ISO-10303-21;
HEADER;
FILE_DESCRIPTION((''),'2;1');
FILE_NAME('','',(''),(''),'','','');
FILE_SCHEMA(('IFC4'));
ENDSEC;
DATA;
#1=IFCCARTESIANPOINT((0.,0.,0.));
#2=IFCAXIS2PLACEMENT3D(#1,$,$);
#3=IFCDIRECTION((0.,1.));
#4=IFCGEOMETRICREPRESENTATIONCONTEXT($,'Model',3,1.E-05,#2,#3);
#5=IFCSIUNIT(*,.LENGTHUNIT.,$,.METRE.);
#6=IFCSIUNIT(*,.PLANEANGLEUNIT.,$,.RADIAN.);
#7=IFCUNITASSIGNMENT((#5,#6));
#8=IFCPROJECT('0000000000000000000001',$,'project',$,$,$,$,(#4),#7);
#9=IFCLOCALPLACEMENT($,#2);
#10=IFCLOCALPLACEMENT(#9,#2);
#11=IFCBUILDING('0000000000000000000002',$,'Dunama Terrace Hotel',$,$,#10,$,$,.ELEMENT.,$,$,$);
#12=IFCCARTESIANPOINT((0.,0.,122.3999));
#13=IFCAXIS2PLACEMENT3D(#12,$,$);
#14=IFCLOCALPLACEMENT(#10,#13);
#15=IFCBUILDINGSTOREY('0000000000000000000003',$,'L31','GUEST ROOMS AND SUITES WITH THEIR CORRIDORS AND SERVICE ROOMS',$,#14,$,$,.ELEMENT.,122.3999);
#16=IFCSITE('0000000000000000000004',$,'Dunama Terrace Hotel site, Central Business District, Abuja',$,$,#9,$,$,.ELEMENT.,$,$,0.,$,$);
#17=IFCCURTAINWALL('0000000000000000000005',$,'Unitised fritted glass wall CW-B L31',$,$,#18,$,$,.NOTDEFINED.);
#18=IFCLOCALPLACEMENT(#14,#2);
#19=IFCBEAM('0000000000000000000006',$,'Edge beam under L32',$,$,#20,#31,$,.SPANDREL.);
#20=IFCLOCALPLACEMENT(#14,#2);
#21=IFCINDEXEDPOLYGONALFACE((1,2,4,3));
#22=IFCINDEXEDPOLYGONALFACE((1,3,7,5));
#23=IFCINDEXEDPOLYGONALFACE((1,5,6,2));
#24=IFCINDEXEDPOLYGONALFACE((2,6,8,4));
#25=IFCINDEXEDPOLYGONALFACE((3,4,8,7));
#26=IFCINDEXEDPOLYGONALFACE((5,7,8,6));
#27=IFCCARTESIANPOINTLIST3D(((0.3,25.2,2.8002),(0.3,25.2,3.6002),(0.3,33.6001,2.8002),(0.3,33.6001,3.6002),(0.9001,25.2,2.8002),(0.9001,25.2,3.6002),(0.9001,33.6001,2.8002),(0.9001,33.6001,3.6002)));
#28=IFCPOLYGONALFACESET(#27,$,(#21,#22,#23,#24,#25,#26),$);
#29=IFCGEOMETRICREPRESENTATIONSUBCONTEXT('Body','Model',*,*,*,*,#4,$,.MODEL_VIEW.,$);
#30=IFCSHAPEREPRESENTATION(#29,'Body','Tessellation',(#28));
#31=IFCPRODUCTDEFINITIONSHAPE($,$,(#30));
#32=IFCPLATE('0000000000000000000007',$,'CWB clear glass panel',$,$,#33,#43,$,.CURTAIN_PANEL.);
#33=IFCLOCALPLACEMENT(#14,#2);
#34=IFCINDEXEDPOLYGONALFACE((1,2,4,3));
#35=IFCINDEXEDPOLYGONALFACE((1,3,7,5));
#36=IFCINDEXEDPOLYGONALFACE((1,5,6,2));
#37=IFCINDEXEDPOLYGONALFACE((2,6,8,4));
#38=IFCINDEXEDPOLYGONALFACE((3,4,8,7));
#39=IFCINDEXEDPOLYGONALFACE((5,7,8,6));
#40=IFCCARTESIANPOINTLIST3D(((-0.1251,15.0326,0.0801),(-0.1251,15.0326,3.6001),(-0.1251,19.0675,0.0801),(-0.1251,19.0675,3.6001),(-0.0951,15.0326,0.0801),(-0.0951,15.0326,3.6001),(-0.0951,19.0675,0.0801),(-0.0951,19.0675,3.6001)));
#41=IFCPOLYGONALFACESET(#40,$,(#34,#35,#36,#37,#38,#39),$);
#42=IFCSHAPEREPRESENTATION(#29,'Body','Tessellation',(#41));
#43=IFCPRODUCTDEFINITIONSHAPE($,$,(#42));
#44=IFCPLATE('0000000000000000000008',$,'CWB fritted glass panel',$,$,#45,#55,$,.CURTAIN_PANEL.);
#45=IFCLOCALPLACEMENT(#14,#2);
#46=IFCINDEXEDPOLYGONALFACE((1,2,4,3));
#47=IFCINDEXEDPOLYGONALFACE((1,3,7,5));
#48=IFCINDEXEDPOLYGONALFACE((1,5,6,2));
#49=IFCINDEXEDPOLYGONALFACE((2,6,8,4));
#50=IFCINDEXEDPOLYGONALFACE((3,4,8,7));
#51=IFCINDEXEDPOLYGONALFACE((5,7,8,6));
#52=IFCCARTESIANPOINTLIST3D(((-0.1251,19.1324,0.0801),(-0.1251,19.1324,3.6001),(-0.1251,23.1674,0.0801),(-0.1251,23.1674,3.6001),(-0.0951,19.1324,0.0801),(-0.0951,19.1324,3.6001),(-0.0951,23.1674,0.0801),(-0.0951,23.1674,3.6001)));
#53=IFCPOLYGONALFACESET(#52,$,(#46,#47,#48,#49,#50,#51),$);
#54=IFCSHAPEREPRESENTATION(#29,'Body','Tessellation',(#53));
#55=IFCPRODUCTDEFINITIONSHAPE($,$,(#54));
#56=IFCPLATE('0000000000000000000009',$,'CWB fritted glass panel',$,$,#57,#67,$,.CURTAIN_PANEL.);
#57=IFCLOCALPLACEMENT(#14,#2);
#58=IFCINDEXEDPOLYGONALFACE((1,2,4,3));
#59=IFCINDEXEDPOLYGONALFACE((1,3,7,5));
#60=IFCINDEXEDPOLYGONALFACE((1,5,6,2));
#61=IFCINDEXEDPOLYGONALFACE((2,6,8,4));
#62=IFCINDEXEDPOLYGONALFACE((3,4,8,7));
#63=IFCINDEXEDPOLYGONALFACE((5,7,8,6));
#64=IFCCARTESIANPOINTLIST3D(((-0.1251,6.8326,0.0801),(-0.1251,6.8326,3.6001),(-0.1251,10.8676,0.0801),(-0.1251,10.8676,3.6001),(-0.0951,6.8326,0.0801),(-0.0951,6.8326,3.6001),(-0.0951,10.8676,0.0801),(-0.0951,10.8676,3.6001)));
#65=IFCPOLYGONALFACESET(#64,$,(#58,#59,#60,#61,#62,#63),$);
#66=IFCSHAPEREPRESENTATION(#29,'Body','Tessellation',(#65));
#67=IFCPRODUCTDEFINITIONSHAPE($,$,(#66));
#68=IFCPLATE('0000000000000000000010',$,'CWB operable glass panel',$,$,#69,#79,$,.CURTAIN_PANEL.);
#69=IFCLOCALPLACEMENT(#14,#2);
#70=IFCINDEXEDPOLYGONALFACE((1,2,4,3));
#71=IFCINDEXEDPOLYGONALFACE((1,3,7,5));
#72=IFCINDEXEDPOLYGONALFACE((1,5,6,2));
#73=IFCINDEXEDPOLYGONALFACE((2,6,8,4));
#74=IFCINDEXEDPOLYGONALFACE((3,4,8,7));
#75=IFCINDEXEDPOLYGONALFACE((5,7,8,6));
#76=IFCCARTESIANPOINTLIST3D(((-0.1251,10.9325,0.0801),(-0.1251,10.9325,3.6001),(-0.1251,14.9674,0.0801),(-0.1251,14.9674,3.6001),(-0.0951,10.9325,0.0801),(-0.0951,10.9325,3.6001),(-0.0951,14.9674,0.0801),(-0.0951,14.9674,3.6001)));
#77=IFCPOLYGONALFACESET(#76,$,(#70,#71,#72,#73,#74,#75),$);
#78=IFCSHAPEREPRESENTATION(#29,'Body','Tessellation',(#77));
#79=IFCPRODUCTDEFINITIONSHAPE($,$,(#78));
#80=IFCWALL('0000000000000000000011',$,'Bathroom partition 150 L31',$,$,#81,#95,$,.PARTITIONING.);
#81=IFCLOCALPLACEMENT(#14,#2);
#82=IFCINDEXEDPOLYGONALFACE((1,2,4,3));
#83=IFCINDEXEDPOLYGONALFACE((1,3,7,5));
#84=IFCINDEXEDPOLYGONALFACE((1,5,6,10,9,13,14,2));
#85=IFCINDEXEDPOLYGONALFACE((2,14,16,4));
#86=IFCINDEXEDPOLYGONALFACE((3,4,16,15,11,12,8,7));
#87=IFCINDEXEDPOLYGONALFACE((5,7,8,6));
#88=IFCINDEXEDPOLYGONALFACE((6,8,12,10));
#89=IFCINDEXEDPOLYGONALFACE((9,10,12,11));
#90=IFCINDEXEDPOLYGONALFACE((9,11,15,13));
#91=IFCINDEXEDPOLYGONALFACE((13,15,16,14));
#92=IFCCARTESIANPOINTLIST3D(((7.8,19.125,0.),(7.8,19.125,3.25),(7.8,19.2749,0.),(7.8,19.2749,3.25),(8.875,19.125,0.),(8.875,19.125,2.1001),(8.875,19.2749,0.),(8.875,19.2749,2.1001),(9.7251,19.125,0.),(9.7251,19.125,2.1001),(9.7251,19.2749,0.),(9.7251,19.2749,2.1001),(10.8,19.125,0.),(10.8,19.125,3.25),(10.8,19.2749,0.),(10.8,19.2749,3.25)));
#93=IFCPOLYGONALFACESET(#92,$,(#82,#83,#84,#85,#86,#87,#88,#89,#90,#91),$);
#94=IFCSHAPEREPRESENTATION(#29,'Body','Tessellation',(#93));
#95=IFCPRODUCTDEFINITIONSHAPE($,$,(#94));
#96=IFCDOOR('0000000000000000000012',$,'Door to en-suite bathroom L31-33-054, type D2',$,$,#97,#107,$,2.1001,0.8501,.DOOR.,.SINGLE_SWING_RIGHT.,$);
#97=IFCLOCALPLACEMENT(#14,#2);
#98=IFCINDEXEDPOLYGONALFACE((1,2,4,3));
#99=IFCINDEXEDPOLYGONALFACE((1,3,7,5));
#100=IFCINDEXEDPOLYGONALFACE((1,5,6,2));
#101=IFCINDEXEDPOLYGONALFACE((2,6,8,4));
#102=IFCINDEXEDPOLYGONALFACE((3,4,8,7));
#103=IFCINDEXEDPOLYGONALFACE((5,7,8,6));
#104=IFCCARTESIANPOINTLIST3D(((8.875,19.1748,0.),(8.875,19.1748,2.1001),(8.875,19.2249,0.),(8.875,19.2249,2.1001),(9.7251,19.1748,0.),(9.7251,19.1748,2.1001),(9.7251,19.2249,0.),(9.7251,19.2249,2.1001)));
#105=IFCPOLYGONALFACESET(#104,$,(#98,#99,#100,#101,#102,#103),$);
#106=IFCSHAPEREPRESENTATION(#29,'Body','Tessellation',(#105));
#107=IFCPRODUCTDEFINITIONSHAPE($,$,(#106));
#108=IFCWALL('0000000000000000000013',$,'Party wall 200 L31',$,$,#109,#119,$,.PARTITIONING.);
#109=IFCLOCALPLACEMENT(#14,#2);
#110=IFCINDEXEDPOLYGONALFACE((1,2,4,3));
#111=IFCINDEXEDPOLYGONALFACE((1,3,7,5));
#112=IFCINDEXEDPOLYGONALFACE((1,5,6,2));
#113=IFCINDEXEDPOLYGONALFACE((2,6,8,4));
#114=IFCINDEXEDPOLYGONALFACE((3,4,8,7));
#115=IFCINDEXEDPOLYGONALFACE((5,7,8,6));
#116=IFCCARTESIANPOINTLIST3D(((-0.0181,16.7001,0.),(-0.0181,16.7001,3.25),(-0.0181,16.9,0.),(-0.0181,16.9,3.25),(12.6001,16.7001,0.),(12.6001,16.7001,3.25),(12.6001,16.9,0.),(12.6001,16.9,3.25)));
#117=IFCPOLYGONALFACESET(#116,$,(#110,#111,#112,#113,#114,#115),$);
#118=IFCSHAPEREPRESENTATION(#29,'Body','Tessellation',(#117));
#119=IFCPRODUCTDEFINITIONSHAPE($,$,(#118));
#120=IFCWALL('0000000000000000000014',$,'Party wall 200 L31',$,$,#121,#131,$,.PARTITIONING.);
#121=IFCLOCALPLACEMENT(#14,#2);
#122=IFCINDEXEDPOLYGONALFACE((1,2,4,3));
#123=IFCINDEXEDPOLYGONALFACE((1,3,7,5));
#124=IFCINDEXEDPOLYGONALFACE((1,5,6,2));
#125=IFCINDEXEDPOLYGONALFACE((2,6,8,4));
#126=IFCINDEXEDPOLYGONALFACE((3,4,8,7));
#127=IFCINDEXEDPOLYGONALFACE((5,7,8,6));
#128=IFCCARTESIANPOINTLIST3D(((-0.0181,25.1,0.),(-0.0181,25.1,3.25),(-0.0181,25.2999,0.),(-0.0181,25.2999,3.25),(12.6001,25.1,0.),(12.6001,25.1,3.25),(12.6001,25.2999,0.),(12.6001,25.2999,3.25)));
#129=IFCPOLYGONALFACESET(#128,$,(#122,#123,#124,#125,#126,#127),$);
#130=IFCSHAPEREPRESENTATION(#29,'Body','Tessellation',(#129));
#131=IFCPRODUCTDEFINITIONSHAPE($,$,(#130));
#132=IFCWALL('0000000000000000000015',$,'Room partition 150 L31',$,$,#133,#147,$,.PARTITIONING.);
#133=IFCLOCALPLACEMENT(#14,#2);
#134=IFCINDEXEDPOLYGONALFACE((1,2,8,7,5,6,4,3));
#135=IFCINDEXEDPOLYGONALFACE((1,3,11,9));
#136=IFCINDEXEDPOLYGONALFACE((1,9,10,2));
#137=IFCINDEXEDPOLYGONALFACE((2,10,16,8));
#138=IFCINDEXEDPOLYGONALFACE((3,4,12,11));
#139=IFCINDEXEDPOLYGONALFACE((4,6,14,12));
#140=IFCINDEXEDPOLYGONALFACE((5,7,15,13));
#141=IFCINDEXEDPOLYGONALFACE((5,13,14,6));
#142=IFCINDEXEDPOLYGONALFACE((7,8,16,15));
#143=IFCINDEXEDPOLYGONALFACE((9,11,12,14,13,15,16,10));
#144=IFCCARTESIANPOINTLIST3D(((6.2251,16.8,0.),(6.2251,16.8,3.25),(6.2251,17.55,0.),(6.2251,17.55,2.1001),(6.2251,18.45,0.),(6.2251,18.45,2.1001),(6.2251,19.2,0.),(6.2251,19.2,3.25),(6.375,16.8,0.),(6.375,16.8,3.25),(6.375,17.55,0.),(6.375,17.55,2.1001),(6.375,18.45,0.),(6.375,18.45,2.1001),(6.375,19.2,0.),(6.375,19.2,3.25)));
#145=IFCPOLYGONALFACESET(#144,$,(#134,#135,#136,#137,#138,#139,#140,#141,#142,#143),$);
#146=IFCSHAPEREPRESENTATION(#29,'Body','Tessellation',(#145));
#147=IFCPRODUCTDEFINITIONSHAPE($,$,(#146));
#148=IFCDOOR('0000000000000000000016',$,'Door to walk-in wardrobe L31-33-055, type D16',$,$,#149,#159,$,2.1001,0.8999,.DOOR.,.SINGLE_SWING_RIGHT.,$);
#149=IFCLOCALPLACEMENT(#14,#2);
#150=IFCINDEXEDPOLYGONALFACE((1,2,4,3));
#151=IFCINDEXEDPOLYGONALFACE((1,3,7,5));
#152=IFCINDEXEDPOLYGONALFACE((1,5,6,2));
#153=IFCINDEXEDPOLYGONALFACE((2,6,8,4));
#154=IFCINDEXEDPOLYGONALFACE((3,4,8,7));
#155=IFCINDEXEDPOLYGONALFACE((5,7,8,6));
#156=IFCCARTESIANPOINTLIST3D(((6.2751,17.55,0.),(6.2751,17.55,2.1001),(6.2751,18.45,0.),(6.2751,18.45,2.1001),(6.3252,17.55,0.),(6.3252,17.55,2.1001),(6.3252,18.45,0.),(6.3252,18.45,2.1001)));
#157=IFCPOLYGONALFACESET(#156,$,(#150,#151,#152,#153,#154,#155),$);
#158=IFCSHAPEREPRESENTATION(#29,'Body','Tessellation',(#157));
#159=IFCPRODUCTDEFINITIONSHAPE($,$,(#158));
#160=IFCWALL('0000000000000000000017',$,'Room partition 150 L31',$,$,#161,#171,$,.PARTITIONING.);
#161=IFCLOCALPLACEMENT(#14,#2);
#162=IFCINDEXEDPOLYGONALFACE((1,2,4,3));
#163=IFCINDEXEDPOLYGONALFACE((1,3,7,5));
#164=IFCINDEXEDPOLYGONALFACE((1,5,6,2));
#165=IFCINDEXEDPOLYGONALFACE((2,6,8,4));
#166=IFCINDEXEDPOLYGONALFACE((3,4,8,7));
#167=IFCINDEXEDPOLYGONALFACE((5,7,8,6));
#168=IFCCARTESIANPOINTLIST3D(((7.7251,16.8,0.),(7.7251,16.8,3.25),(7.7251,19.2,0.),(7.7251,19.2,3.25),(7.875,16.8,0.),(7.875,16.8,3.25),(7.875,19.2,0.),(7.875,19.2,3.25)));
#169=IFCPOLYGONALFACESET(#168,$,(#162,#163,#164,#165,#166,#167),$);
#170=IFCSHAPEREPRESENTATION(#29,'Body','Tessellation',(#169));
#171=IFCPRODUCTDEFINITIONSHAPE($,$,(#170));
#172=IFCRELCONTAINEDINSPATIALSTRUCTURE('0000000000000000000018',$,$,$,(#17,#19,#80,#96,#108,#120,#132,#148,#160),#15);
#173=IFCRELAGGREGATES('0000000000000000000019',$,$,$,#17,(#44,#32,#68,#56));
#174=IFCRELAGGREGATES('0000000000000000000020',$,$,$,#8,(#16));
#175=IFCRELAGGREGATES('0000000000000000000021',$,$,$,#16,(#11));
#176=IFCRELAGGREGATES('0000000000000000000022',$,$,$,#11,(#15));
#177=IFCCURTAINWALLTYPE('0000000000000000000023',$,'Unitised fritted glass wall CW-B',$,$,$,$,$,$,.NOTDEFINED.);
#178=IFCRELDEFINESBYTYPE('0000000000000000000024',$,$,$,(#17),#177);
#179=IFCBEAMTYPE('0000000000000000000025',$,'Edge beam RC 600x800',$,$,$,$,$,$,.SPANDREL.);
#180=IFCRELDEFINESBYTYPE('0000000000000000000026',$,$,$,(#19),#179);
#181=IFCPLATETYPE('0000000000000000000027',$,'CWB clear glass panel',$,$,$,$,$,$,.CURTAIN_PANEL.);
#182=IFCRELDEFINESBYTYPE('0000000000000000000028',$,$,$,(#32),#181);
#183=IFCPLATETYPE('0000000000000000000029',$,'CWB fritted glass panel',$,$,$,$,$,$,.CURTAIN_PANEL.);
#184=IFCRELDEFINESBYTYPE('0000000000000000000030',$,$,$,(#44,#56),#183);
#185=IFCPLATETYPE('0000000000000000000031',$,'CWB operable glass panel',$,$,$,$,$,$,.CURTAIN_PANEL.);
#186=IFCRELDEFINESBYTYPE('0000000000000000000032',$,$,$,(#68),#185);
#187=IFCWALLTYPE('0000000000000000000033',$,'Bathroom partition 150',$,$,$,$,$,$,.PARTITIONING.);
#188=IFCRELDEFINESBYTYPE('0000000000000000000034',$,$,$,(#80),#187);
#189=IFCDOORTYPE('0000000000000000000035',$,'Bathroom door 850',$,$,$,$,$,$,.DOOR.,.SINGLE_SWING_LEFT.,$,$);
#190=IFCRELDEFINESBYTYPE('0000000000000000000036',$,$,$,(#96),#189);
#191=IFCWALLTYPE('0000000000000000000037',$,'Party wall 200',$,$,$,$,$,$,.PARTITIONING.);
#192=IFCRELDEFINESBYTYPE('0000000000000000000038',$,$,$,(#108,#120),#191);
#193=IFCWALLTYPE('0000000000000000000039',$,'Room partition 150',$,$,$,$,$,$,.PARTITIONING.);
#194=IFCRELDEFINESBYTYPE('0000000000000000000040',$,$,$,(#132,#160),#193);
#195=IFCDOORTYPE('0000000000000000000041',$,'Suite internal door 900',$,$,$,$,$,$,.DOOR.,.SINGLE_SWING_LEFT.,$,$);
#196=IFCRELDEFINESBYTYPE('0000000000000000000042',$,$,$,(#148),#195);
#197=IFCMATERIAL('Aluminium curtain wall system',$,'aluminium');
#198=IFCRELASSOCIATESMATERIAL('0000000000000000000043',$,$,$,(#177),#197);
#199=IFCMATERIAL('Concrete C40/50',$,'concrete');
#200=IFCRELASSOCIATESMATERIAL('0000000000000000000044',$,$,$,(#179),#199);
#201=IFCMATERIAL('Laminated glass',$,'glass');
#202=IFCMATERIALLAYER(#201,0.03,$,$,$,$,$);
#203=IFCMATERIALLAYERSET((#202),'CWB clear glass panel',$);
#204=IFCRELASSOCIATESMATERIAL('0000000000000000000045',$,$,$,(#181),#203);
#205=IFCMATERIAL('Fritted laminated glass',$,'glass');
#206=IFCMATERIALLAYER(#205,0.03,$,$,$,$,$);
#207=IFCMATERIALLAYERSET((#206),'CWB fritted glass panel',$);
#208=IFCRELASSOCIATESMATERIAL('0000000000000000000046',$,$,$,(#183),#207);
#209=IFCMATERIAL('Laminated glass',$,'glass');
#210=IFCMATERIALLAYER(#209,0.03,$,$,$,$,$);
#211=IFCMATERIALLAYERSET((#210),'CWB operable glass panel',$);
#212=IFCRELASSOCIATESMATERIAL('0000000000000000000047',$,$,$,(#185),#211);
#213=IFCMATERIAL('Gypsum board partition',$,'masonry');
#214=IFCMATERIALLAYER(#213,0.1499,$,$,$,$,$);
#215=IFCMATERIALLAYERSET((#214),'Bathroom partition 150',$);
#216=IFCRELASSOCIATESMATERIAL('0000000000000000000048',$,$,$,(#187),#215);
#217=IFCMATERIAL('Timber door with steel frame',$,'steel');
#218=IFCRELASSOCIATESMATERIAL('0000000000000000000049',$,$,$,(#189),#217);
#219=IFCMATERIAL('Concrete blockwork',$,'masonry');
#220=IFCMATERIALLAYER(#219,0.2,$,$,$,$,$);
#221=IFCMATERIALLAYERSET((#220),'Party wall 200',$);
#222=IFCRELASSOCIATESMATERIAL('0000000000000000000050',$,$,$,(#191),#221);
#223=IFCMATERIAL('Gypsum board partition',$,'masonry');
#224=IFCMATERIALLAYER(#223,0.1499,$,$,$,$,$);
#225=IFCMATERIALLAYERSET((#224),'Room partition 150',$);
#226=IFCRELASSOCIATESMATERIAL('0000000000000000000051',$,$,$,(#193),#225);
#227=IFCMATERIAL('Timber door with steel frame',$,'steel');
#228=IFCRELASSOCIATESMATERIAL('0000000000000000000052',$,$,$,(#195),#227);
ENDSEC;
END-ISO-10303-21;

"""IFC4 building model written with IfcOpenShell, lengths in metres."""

from ifc_helpers import new_model, si_unit, direction, frame, frame_2d, origin, origin_2d, place, context, subcontext, project, spatial, rectangle, extrude, material, layer, layer_set, material_profile, profile_set, type_object, element, fill, aggregate, save


model = new_model("IFC4")

# Units and contexts
model_context = context("Model", 3, precision=1e-05, world=origin(), true_north=direction((0.0, 1.0)))
body_context = subcontext(model_context, "Body", "Model", "MODEL_VIEW")
ifc_project = project(units=[si_unit("LENGTHUNIT", "METRE"), si_unit("PLANEANGLEUNIT", "RADIAN")], contexts=[model_context])

# Site, building, storey
site_placement = place(None, origin())
site = spatial("IfcSite", under=ifc_project, at=site_placement, Name="Dunama Terrace Hotel site, Central Business District, Abuja", CompositionType="ELEMENT", RefElevation=0.0)
building_placement = place(site_placement, origin())
building = spatial("IfcBuilding", under=site, at=building_placement, Name="Dunama Terrace Hotel", CompositionType="ELEMENT")
storey_placement = place(building_placement, frame((0.0, 0.0, 122.3999)))
storey = spatial("IfcBuildingStorey", under=building, at=storey_placement, Name="L31", Description="GUEST ROOMS AND SUITES WITH THEIR CORRIDORS AND SERVICE ROOMS", CompositionType="ELEMENT", Elevation=122.3999)

# Curtain wall
ifc_material_1 = material(Name="Aluminium curtain wall system", Category="aluminium")
curtain_wall_type = type_object("IfcCurtainWallType", Name="Unitised fritted glass wall CW-B", PredefinedType="NOTDEFINED", material=ifc_material_1)
curtain_wall_placement = place(storey_placement, origin())
curtain_wall = element("IfcCurtainWall", 1, at=curtain_wall_placement, inside=storey, type_object=curtain_wall_type, Name="Unitised fritted glass wall CW-B L31", PredefinedType="NOTDEFINED")

# Beam
ifc_material_2 = material(Name="Concrete C40/50", Category="concrete")
ifc_material_profile_1 = material_profile(ifc_material_2, rectangle(XDim=0.6001, YDim=0.8, at=origin_2d()), Name="RC 600x800")
ifc_profile_set_1 = profile_set([ifc_material_profile_1], Name="Concrete C40/50")
beam_type = type_object("IfcBeamType", Name="Edge beam RC 600x800", PredefinedType="SPANDREL", material=ifc_profile_set_1)
beam_1_placement = place(storey_placement, frame((0.6001, 25.2, 3.2002), z_axis=(0.0, 1.0, 0.0), x_axis=(-1.0, 0.0, 0.0)))
element("IfcBeam", 2, at=beam_1_placement, inside=storey, type_object=beam_type, Name="Edge beam under L32", PredefinedType="SPANDREL", context=body_context, shape_type="SweptSolid", body=[
    extrude(rectangle(XDim=0.6001, YDim=0.8, at=origin_2d()), origin(), (0.0, 0.0, 1.0), 8.4001),
])

# Plates
ifc_material_3 = material(Name="Laminated glass", Category="glass")
ifc_layer_1 = layer(ifc_material_3, 0.03)
ifc_layer_set_1 = layer_set([ifc_layer_1], Name="CWB clear glass panel")
plate_type_1 = type_object("IfcPlateType", Name="CWB clear glass panel", PredefinedType="CURTAIN_PANEL", material=ifc_layer_set_1)
plate_1_placement = place(storey_placement, frame((-0.1101, 17.05, 0.0801), z_axis=(0.0, 0.0, 1.0), x_axis=(0.0, -1.0, 0.0)))
plate_1 = element("IfcPlate", 3, at=plate_1_placement, type_object=plate_type_1, Name="CWB clear glass panel", PredefinedType="CURTAIN_PANEL", context=body_context, shape_type="SweptSolid", body=[
    extrude(rectangle(XDim=4.0349, YDim=0.03, at=origin_2d()), origin(), (0.0, 0.0, 1.0), 3.52),
])
ifc_material_4 = material(Name="Fritted laminated glass", Category="glass")
ifc_layer_2 = layer(ifc_material_4, 0.03)
ifc_layer_set_2 = layer_set([ifc_layer_2], Name="CWB fritted glass panel")
plate_type_2 = type_object("IfcPlateType", Name="CWB fritted glass panel", PredefinedType="CURTAIN_PANEL", material=ifc_layer_set_2)
plate_2_placement = place(storey_placement, frame((-0.1101, 21.1499, 0.0801), z_axis=(0.0, 0.0, 1.0), x_axis=(0.0, -1.0, 0.0)))
plate_2 = element("IfcPlate", 4, at=plate_2_placement, type_object=plate_type_2, Name="CWB fritted glass panel", PredefinedType="CURTAIN_PANEL", context=body_context, shape_type="SweptSolid", body=[
    extrude(rectangle(XDim=4.0349, YDim=0.03, at=origin_2d()), origin(), (0.0, 0.0, 1.0), 3.52),
])
plate_3_placement = place(storey_placement, frame((-0.1101, 8.8501, 0.0801), z_axis=(0.0, 0.0, 1.0), x_axis=(0.0, -1.0, 0.0)))
plate_3 = element("IfcPlate", 5, at=plate_3_placement, type_object=plate_type_2, Name="CWB fritted glass panel", PredefinedType="CURTAIN_PANEL", context=body_context, shape_type="SweptSolid", body=[
    extrude(rectangle(XDim=4.0349, YDim=0.03, at=origin_2d()), origin(), (0.0, 0.0, 1.0), 3.52),
])
ifc_material_5 = material(Name="Laminated glass", Category="glass")
ifc_layer_3 = layer(ifc_material_5, 0.03)
ifc_layer_set_3 = layer_set([ifc_layer_3], Name="CWB operable glass panel")
plate_type_3 = type_object("IfcPlateType", Name="CWB operable glass panel", PredefinedType="CURTAIN_PANEL", material=ifc_layer_set_3)
plate_4_placement = place(storey_placement, frame((-0.1101, 12.95, 0.0801), z_axis=(0.0, 0.0, 1.0), x_axis=(0.0, -1.0, 0.0)))
plate_4 = element("IfcPlate", 6, at=plate_4_placement, type_object=plate_type_3, Name="CWB operable glass panel", PredefinedType="CURTAIN_PANEL", context=body_context, shape_type="SweptSolid", body=[
    extrude(rectangle(XDim=4.0349, YDim=0.03, at=origin_2d()), origin(), (0.0, 0.0, 1.0), 3.52),
])
aggregate(curtain_wall, [plate_2, plate_1, plate_4, plate_3])

# Wall, opening, door
ifc_material_6 = material(Name="Gypsum board partition", Category="masonry")
ifc_layer_4 = layer(ifc_material_6, 0.1499)
ifc_layer_set_4 = layer_set([ifc_layer_4], Name="Bathroom partition 150")
wall_type_1 = type_object("IfcWallType", Name="Bathroom partition 150", PredefinedType="PARTITIONING", material=ifc_layer_set_4)
wall_1_placement = place(storey_placement, frame((7.8, 19.2, 0.0), z_axis=(0.0, 0.0, 1.0), x_axis=(1.0, 0.0, 0.0)))
wall_1 = element("IfcWall", 7, at=wall_1_placement, inside=storey, type_object=wall_type_1, Name="Bathroom partition 150 L31", PredefinedType="PARTITIONING", context=body_context, shape_type="SweptSolid", body=[
    extrude(rectangle(XDim=3.0, YDim=0.1499, at=frame_2d((1.5, 0.0))), origin(), (0.0, 0.0, 1.0), 3.25),
])
opening_1_placement = place(wall_1_placement, frame((1.075, 0.0, 0.0)))
opening_1 = element("IfcOpeningElement", 8, at=opening_1_placement, cuts=wall_1, PredefinedType="OPENING", context=body_context, shape_type="SweptSolid", body=[
    extrude(rectangle(XDim=0.8501, YDim=2.1001, at=frame_2d((0.425, 1.05))), frame((0.0, 0.085, 0.0), z_axis=(0.0, -1.0, 0.0), x_axis=(1.0, 0.0, 0.0)), (0.0, 0.0, 1.0), 0.1699),
])
ifc_material_7 = material(Name="Timber door with steel frame", Category="steel")
door_type_1 = type_object("IfcDoorType", Name="Bathroom door 850", OperationType="SINGLE_SWING_LEFT", PredefinedType="DOOR", material=ifc_material_7)
door_1_placement = place(opening_1_placement, frame((0.8501, 0.0, 0.0), z_axis=(0.0, 0.0, 1.0), x_axis=(-1.0, 0.0, 0.0)))
door_1 = element("IfcDoor", 9, at=door_1_placement, inside=storey, type_object=door_type_1, Name="Door to en-suite bathroom L31-33-054, type D2", OperationType="SINGLE_SWING_RIGHT", OverallHeight=2.1001, OverallWidth=0.8501, PredefinedType="DOOR", context=body_context, shape_type="SweptSolid", body=[
    extrude(rectangle(XDim=0.8501, YDim=2.1001, at=frame_2d((0.425, 1.05))), frame((0.0, 0.0251, 0.0), z_axis=(0.0, -1.0, 0.0), x_axis=(1.0, 0.0, 0.0)), (0.0, 0.0, 1.0), 0.05),
])
fill(opening_1, door_1)

# Walls
ifc_material_8 = material(Name="Concrete blockwork", Category="masonry")
ifc_layer_5 = layer(ifc_material_8, 0.2)
ifc_layer_set_5 = layer_set([ifc_layer_5], Name="Party wall 200")
wall_type_2 = type_object("IfcWallType", Name="Party wall 200", PredefinedType="PARTITIONING", material=ifc_layer_set_5)
for number, where, z_axis, x_axis, name in (
    (10, (-0.0181, 16.8, 0.0), (0.0, 0.0, 1.0), (1.0, 0.0, 0.0), "Party wall 200 L31"),
    (11, (-0.0181, 25.2, 0.0), (0.0, 0.0, 1.0), (1.0, 0.0, 0.0), "Party wall 200 L31"),
):
    element("IfcWall", number, at=place(storey_placement, frame(where, z_axis=z_axis, x_axis=x_axis)), inside=storey, type_object=wall_type_2, Name=name, PredefinedType="PARTITIONING", context=body_context, shape_type="SweptSolid", body=[
        extrude(rectangle(XDim=12.6182, YDim=0.2, at=frame_2d((6.3091, 0.0))), origin(), (0.0, 0.0, 1.0), 3.25),
    ])

# Wall, opening, door
ifc_material_9 = material(Name="Gypsum board partition", Category="masonry")
ifc_layer_6 = layer(ifc_material_9, 0.1499)
ifc_layer_set_6 = layer_set([ifc_layer_6], Name="Room partition 150")
wall_type_3 = type_object("IfcWallType", Name="Room partition 150", PredefinedType="PARTITIONING", material=ifc_layer_set_6)
wall_2_placement = place(storey_placement, frame((6.3, 16.8, 0.0), z_axis=(0.0, 0.0, 1.0), x_axis=(0.0, 1.0, 0.0)))
wall_2 = element("IfcWall", 12, at=wall_2_placement, inside=storey, type_object=wall_type_3, Name="Room partition 150 L31", PredefinedType="PARTITIONING", context=body_context, shape_type="SweptSolid", body=[
    extrude(rectangle(XDim=2.3999, YDim=0.1499, at=frame_2d((1.2, 0.0))), origin(), (0.0, 0.0, 1.0), 3.25),
])
opening_2_placement = place(wall_2_placement, frame((0.75, 0.0, 0.0)))
opening_2 = element("IfcOpeningElement", 13, at=opening_2_placement, cuts=wall_2, PredefinedType="OPENING", context=body_context, shape_type="SweptSolid", body=[
    extrude(rectangle(XDim=0.8999, YDim=2.1001, at=frame_2d((0.45, 1.05))), frame((0.0, 0.085, 0.0), z_axis=(0.0, -1.0, 0.0), x_axis=(1.0, 0.0, 0.0)), (0.0, 0.0, 1.0), 0.1699),
])
ifc_material_10 = material(Name="Timber door with steel frame", Category="steel")
door_type_2 = type_object("IfcDoorType", Name="Suite internal door 900", OperationType="SINGLE_SWING_LEFT", PredefinedType="DOOR", material=ifc_material_10)
door_2_placement = place(opening_2_placement, frame((0.8999, 0.0, 0.0), z_axis=(0.0, 0.0, 1.0), x_axis=(-1.0, 0.0, 0.0)))
door_2 = element("IfcDoor", 14, at=door_2_placement, inside=storey, type_object=door_type_2, Name="Door to walk-in wardrobe L31-33-055, type D16", OperationType="SINGLE_SWING_RIGHT", OverallHeight=2.1001, OverallWidth=0.8999, PredefinedType="DOOR", context=body_context, shape_type="SweptSolid", body=[
    extrude(rectangle(XDim=0.8999, YDim=2.1001, at=frame_2d((0.45, 1.05))), frame((0.0, 0.0251, 0.0), z_axis=(0.0, -1.0, 0.0), x_axis=(1.0, 0.0, 0.0)), (0.0, 0.0, 1.0), 0.05),
])
fill(opening_2, door_2)

# Wall
wall_3_placement = place(storey_placement, frame((7.8, 16.8, 0.0), z_axis=(0.0, 0.0, 1.0), x_axis=(0.0, 1.0, 0.0)))
element("IfcWall", 15, at=wall_3_placement, inside=storey, type_object=wall_type_3, Name="Room partition 150 L31", PredefinedType="PARTITIONING", context=body_context, shape_type="SweptSolid", body=[
    extrude(rectangle(XDim=2.3999, YDim=0.1499, at=frame_2d((1.2, 0.0))), origin(), (0.0, 0.0, 1.0), 3.25),
])

save(model, "model.ifc")
